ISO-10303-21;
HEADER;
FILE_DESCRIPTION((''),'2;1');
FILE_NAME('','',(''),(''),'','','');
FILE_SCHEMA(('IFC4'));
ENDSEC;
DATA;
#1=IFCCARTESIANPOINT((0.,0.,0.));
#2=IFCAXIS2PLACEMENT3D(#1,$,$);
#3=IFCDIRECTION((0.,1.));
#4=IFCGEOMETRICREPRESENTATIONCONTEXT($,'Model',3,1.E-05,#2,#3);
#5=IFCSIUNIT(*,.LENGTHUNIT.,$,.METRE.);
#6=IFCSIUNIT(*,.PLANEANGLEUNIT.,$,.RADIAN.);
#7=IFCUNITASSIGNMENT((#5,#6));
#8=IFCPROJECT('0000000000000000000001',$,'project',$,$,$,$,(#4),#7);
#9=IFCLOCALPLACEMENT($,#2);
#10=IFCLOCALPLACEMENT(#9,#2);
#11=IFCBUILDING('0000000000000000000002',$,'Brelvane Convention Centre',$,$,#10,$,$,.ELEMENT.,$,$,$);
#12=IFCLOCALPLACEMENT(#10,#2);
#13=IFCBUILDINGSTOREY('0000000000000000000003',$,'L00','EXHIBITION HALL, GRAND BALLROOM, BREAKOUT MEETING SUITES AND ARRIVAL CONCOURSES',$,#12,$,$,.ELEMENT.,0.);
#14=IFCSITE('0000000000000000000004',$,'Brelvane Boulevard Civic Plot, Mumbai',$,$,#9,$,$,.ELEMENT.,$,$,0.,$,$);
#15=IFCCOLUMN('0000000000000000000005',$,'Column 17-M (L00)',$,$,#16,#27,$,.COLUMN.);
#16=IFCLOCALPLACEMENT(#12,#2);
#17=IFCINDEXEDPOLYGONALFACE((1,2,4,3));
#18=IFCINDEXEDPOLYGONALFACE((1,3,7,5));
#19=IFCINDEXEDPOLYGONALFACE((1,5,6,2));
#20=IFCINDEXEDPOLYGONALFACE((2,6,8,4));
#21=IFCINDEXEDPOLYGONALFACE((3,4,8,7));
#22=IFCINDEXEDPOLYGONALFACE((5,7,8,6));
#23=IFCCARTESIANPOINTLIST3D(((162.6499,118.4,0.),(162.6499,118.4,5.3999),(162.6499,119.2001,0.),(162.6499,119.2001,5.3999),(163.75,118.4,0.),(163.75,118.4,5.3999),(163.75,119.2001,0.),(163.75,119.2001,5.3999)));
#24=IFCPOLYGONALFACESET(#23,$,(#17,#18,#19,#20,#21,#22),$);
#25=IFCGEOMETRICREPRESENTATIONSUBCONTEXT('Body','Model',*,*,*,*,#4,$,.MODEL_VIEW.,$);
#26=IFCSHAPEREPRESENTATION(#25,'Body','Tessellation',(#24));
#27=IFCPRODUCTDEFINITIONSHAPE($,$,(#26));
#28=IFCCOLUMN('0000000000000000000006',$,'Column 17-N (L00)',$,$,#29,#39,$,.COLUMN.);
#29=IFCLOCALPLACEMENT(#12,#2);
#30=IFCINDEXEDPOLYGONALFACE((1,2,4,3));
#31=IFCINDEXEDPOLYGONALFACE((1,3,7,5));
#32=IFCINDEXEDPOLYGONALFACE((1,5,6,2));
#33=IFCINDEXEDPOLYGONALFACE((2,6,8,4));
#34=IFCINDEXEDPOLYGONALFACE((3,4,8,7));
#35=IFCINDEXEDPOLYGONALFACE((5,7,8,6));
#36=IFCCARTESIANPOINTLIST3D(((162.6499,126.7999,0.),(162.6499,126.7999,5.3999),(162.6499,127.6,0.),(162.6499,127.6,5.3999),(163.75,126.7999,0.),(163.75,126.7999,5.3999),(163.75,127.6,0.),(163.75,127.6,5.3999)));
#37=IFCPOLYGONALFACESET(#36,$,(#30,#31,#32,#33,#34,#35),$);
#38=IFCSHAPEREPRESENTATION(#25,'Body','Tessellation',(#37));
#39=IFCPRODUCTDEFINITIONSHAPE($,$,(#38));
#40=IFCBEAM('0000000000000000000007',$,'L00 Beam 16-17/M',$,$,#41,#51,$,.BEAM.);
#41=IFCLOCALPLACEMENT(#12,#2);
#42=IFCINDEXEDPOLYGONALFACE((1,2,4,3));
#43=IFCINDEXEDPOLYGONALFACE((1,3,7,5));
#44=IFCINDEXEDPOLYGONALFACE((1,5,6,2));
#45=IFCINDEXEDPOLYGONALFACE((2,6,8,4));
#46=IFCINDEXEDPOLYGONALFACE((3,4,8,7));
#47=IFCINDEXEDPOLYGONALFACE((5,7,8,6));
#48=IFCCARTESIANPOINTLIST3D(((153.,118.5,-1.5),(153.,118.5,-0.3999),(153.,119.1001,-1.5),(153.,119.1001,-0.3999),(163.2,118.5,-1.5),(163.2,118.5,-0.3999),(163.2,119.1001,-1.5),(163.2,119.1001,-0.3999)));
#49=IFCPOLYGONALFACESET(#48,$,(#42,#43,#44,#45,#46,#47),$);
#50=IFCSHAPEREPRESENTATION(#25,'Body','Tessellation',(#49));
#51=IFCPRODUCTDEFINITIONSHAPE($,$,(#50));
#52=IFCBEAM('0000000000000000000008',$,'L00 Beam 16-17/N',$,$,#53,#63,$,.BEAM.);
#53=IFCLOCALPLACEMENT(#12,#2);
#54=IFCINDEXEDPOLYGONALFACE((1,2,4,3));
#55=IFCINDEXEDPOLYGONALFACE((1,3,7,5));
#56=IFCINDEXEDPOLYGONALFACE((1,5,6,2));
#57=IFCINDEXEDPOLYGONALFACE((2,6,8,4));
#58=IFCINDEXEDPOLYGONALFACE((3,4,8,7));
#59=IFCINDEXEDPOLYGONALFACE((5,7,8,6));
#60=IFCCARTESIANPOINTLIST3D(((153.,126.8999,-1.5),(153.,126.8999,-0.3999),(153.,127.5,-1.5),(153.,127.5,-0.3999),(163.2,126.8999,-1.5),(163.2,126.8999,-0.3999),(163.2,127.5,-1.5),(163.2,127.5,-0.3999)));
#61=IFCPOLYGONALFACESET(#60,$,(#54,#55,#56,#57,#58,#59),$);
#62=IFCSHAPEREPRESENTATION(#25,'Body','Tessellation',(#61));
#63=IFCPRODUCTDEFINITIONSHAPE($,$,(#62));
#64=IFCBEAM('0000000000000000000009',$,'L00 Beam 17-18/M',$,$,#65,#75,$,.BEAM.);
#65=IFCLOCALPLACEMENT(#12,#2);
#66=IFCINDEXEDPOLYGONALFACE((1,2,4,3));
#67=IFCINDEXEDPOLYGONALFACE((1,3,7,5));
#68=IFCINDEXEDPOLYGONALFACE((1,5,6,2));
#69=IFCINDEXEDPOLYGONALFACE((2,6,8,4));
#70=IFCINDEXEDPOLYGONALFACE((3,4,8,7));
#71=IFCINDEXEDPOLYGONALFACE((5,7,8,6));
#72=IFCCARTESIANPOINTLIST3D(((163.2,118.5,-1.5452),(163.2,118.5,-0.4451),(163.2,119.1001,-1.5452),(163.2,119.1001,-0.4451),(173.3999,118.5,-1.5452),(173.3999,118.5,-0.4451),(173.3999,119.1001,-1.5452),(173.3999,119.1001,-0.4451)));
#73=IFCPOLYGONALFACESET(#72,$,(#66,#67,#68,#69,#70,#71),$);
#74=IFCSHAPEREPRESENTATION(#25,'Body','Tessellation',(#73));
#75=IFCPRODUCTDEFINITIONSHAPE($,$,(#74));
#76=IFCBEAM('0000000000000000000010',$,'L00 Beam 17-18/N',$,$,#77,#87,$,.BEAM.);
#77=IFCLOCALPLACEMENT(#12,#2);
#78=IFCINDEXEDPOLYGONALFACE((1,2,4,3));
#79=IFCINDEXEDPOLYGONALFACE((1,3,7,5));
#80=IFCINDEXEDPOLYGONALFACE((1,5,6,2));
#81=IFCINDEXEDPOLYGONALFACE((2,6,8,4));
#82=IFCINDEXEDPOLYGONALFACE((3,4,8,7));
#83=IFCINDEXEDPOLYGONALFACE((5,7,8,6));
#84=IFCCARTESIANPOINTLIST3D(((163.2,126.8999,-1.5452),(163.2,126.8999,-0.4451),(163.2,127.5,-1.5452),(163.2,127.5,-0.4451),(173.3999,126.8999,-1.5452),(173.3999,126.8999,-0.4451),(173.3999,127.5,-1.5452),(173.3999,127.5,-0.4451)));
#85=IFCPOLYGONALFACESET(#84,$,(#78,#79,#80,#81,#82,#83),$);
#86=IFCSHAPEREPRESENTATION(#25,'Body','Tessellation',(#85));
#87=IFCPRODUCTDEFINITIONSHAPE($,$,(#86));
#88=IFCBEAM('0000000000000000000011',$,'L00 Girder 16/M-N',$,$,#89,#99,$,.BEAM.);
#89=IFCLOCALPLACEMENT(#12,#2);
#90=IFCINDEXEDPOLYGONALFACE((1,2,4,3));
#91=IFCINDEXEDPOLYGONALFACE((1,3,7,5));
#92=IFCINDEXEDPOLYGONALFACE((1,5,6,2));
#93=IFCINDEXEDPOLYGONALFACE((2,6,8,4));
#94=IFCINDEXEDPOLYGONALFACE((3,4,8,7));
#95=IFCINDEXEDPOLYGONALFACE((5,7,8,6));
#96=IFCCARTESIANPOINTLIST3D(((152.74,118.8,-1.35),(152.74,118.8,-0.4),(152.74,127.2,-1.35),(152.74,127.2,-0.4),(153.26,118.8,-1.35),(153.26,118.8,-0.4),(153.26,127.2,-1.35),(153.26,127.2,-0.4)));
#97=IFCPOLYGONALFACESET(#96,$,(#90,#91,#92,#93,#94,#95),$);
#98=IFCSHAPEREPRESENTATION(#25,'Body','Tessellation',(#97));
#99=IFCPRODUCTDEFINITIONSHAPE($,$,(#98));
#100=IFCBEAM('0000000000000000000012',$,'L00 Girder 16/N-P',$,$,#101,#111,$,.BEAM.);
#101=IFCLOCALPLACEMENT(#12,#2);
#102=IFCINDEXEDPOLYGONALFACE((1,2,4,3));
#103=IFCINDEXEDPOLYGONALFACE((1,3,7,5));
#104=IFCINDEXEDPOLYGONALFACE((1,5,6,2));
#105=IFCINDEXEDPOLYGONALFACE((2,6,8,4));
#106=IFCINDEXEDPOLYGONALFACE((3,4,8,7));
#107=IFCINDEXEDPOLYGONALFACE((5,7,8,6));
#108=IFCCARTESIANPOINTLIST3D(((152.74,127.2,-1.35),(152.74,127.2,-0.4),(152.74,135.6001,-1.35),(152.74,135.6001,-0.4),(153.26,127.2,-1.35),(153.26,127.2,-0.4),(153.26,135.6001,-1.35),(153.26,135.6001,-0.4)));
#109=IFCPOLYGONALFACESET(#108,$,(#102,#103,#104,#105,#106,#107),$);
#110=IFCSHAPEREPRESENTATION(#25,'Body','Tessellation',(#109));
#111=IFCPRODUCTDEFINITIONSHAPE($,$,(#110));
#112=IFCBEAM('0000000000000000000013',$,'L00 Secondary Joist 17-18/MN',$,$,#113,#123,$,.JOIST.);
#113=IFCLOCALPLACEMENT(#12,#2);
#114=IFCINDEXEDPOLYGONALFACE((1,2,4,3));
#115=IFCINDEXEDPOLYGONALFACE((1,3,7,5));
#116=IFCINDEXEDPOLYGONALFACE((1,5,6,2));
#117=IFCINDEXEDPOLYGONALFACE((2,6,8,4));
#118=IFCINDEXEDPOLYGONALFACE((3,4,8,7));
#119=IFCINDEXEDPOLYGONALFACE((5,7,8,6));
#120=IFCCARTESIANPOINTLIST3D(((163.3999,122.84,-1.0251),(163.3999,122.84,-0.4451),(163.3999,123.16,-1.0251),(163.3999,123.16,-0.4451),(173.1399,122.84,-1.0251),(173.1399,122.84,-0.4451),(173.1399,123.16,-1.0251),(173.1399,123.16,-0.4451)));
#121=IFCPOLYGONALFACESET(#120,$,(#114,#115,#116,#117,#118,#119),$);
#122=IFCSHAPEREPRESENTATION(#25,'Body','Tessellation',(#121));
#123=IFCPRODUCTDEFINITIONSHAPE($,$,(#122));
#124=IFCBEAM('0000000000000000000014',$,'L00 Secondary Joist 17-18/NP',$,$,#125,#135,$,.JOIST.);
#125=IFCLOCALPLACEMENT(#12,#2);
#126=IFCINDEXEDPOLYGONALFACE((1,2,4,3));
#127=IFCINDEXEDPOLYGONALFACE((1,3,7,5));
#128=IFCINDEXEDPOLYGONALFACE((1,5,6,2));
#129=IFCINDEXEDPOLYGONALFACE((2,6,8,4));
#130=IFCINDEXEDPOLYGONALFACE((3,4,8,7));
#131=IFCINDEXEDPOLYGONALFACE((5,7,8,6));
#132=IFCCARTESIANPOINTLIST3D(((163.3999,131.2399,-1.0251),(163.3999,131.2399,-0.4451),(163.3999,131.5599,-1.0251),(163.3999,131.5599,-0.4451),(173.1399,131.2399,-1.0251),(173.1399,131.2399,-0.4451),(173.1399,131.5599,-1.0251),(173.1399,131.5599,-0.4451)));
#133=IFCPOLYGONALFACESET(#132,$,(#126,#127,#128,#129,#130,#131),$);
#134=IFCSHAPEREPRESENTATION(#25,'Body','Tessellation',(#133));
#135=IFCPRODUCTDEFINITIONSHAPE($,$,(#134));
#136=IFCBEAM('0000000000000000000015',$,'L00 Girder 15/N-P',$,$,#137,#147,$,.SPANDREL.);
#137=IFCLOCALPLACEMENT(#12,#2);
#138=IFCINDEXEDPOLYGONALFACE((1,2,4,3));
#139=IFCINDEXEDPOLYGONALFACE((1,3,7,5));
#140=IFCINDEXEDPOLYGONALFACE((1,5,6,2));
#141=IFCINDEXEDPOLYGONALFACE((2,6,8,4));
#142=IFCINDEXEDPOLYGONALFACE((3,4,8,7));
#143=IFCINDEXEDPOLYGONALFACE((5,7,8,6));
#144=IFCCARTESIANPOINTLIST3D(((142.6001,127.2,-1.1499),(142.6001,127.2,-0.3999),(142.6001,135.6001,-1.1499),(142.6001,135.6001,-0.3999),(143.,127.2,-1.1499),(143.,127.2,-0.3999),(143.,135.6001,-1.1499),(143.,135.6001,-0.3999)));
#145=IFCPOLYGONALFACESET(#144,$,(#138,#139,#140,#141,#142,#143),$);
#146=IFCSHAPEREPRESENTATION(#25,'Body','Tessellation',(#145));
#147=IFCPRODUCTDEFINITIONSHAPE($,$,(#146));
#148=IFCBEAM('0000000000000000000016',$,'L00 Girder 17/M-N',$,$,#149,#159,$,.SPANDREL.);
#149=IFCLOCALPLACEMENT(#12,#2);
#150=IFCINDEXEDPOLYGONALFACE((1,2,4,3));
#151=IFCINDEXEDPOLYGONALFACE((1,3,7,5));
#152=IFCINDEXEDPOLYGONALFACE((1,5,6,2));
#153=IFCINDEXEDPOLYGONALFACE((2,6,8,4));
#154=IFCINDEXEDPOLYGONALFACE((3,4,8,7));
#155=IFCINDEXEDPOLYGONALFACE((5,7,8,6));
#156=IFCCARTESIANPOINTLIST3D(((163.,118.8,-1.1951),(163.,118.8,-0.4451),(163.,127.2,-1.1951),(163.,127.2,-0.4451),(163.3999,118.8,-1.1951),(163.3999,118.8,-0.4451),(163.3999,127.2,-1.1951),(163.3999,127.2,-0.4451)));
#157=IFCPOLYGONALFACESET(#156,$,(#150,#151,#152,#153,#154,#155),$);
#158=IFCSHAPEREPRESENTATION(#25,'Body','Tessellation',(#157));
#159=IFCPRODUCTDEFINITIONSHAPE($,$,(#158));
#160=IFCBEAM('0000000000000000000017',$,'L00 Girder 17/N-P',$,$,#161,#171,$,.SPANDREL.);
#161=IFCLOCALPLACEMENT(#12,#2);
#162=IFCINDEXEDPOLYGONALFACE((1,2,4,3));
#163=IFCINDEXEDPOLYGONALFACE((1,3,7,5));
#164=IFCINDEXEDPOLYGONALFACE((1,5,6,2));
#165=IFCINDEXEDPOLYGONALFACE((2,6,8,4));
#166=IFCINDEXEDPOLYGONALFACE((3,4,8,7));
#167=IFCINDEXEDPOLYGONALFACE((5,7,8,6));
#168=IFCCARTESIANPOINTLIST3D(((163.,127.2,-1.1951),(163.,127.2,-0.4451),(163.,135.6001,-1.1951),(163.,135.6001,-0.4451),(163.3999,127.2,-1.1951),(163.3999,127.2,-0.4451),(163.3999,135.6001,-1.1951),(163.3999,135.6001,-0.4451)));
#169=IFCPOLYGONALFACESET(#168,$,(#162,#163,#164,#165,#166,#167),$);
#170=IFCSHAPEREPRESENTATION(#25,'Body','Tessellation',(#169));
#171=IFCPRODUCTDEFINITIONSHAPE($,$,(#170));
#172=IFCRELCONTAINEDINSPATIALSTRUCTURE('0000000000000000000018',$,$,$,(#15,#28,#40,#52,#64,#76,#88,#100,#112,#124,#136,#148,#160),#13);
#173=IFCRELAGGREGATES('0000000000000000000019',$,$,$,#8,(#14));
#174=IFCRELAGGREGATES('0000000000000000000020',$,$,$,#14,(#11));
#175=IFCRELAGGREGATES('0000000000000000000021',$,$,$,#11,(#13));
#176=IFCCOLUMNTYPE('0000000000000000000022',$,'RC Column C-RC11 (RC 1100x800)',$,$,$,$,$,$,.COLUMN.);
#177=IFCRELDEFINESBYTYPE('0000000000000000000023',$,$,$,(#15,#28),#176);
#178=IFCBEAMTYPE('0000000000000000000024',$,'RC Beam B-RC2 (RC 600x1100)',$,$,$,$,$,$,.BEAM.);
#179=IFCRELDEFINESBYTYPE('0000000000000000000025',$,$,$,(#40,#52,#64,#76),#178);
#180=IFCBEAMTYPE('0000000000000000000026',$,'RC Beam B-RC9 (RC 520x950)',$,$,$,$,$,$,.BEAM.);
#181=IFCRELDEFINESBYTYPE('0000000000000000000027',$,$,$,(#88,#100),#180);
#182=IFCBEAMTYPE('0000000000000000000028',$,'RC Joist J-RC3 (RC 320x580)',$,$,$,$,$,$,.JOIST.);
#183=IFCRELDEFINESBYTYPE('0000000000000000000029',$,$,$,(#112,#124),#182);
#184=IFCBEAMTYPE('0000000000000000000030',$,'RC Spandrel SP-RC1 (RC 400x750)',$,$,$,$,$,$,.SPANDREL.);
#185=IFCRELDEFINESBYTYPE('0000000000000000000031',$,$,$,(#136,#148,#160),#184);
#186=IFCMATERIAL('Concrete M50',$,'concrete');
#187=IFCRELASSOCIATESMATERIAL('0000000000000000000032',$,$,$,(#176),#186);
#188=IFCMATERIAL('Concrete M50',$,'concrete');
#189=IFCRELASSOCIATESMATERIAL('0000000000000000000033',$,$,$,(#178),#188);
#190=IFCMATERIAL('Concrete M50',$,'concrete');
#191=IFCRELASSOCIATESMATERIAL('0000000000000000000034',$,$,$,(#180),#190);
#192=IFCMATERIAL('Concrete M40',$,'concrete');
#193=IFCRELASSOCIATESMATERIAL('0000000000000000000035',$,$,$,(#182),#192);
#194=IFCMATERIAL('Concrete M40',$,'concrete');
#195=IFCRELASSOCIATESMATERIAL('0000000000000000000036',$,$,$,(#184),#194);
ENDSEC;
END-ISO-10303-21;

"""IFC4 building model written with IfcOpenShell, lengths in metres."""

from ifc_helpers import new_model, si_unit, direction, frame, origin, origin_2d, place, context, subcontext, project, spatial, rectangle, extrude, material, material_profile, profile_set, type_object, element, save


model = new_model("IFC4")

# Units and contexts
model_context = context("Model", 3, precision=1e-05, world=origin(), true_north=direction((0.0, 1.0)))
body_context = subcontext(model_context, "Body", "Model", "MODEL_VIEW")
ifc_project = project(units=[si_unit("LENGTHUNIT", "METRE"), si_unit("PLANEANGLEUNIT", "RADIAN")], contexts=[model_context])

# Site, building, storey
site_placement = place(None, origin())
site = spatial("IfcSite", under=ifc_project, at=site_placement, Name="Brelvane Boulevard Civic Plot, Mumbai", CompositionType="ELEMENT", RefElevation=0.0)
building_placement = place(site_placement, origin())
building = spatial("IfcBuilding", under=site, at=building_placement, Name="Brelvane Convention Centre", CompositionType="ELEMENT")
storey_placement = place(building_placement, origin())
storey = spatial("IfcBuildingStorey", under=building, at=storey_placement, Name="L00", Description="EXHIBITION HALL, GRAND BALLROOM, BREAKOUT MEETING SUITES AND ARRIVAL CONCOURSES", CompositionType="ELEMENT", Elevation=0.0)

# Columns
ifc_material_1 = material(Name="Concrete M50", Category="concrete")
ifc_material_profile_1 = material_profile(ifc_material_1, rectangle(XDim=1.1001, YDim=0.8, at=origin_2d()), Name="RC 1100x800")
ifc_profile_set_1 = profile_set([ifc_material_profile_1], Name="Concrete M50")
column_type = type_object("IfcColumnType", Name="RC Column C-RC11 (RC 1100x800)", PredefinedType="COLUMN", material=ifc_profile_set_1)
for number, where, z_axis, x_axis, name in (
    (1, (163.2, 118.8, 0.0), (0.0, 0.0, 1.0), (1.0, 0.0, 0.0), "Column 17-M (L00)"),
    (2, (163.2, 127.2, 0.0), (0.0, 0.0, 1.0), (1.0, 0.0, 0.0), "Column 17-N (L00)"),
):
    element("IfcColumn", number, at=place(storey_placement, frame(where, z_axis=z_axis, x_axis=x_axis)), inside=storey, type_object=column_type, Name=name, PredefinedType="COLUMN", context=body_context, shape_type="SweptSolid", body=[
        extrude(rectangle(XDim=1.1001, YDim=0.8, at=origin_2d()), origin(), (0.0, 0.0, 1.0), 5.3999),
    ])

# Beams
ifc_material_2 = material(Name="Concrete M50", Category="concrete")
ifc_material_profile_2 = material_profile(ifc_material_2, rectangle(XDim=0.6001, YDim=1.1001, at=origin_2d()), Name="RC 600x1100")
ifc_profile_set_2 = profile_set([ifc_material_profile_2], Name="Concrete M50")
beam_type_1 = type_object("IfcBeamType", Name="RC Beam B-RC2 (RC 600x1100)", PredefinedType="BEAM", material=ifc_profile_set_2)
for number, where, z_axis, x_axis, name in (
    (3, (153.0, 118.8, -0.95), (1.0, 0.0, 0.0), (0.0, 1.0, 0.0), "L00 Beam 16-17/M"),
    (4, (153.0, 127.2, -0.95), (1.0, 0.0, 0.0), (0.0, 1.0, 0.0), "L00 Beam 16-17/N"),
    (5, (163.2, 118.8, -0.9951), (1.0, 0.0, 0.0), (0.0, 1.0, 0.0), "L00 Beam 17-18/M"),
    (6, (163.2, 127.2, -0.9951), (1.0, 0.0, 0.0), (0.0, 1.0, 0.0), "L00 Beam 17-18/N"),
):
    element("IfcBeam", number, at=place(storey_placement, frame(where, z_axis=z_axis, x_axis=x_axis)), inside=storey, type_object=beam_type_1, Name=name, PredefinedType="BEAM", context=body_context, shape_type="SweptSolid", body=[
        extrude(rectangle(XDim=0.6001, YDim=1.1001, at=origin_2d()), origin(), (0.0, 0.0, 1.0), 10.2),
    ])
ifc_material_3 = material(Name="Concrete M50", Category="concrete")
ifc_material_profile_3 = material_profile(ifc_material_3, rectangle(XDim=0.52, YDim=0.95, at=origin_2d()), Name="RC 520x950")
ifc_profile_set_3 = profile_set([ifc_material_profile_3], Name="Concrete M50")
beam_type_2 = type_object("IfcBeamType", Name="RC Beam B-RC9 (RC 520x950)", PredefinedType="BEAM", material=ifc_profile_set_3)
beam_1_placement = place(storey_placement, frame((153.0, 118.8, -0.875), z_axis=(0.0, 1.0, 0.0), x_axis=(-1.0, 0.0, 0.0)))
element("IfcBeam", 7, at=beam_1_placement, inside=storey, type_object=beam_type_2, Name="L00 Girder 16/M-N", PredefinedType="BEAM", context=body_context, shape_type="SweptSolid", body=[
    extrude(rectangle(XDim=0.52, YDim=0.95, at=origin_2d()), origin(), (0.0, 0.0, 1.0), 8.3999),
])
beam_2_placement = place(storey_placement, frame((153.0, 127.2, -0.875), z_axis=(0.0, 1.0, 0.0), x_axis=(-1.0, 0.0, 0.0)))
element("IfcBeam", 8, at=beam_2_placement, inside=storey, type_object=beam_type_2, Name="L00 Girder 16/N-P", PredefinedType="BEAM", context=body_context, shape_type="SweptSolid", body=[
    extrude(rectangle(XDim=0.52, YDim=0.95, at=origin_2d()), origin(), (0.0, 0.0, 1.0), 8.4001),
])
ifc_material_4 = material(Name="Concrete M40", Category="concrete")
ifc_material_profile_4 = material_profile(ifc_material_4, rectangle(XDim=0.3201, YDim=0.5801, at=origin_2d()), Name="RC 320x580")
ifc_profile_set_4 = profile_set([ifc_material_profile_4], Name="Concrete M40")
beam_type_3 = type_object("IfcBeamType", Name="RC Joist J-RC3 (RC 320x580)", PredefinedType="JOIST", material=ifc_profile_set_4)
for number, where, z_axis, x_axis, name in (
    (9, (163.3999, 123.0, -0.7351), (1.0, 0.0, 0.0), (0.0, 1.0, 0.0), "L00 Secondary Joist 17-18/MN"),
    (10, (163.3999, 131.3999, -0.7351), (1.0, 0.0, 0.0), (0.0, 1.0, 0.0), "L00 Secondary Joist 17-18/NP"),
):
    element("IfcBeam", number, at=place(storey_placement, frame(where, z_axis=z_axis, x_axis=x_axis)), inside=storey, type_object=beam_type_3, Name=name, PredefinedType="JOIST", context=body_context, shape_type="SweptSolid", body=[
        extrude(rectangle(XDim=0.3201, YDim=0.5801, at=origin_2d()), origin(), (0.0, 0.0, 1.0), 9.74),
    ])
ifc_material_5 = material(Name="Concrete M40", Category="concrete")
ifc_material_profile_5 = material_profile(ifc_material_5, rectangle(XDim=0.3999, YDim=0.75, at=origin_2d()), Name="RC 400x750")
ifc_profile_set_5 = profile_set([ifc_material_profile_5], Name="Concrete M40")
beam_type_4 = type_object("IfcBeamType", Name="RC Spandrel SP-RC1 (RC 400x750)", PredefinedType="SPANDREL", material=ifc_profile_set_5)
beam_3_placement = place(storey_placement, frame((142.8, 127.2, -0.7749), z_axis=(0.0, 1.0, 0.0), x_axis=(-1.0, 0.0, 0.0)))
element("IfcBeam", 11, at=beam_3_placement, inside=storey, type_object=beam_type_4, Name="L00 Girder 15/N-P", PredefinedType="SPANDREL", context=body_context, shape_type="SweptSolid", body=[
    extrude(rectangle(XDim=0.3999, YDim=0.75, at=origin_2d()), origin(), (0.0, 0.0, 1.0), 8.4001),
])
beam_4_placement = place(storey_placement, frame((163.2, 118.8, -0.8201), z_axis=(0.0, 1.0, 0.0), x_axis=(-1.0, 0.0, 0.0)))
element("IfcBeam", 12, at=beam_4_placement, inside=storey, type_object=beam_type_4, Name="L00 Girder 17/M-N", PredefinedType="SPANDREL", context=body_context, shape_type="SweptSolid", body=[
    extrude(rectangle(XDim=0.3999, YDim=0.75, at=origin_2d()), origin(), (0.0, 0.0, 1.0), 8.3999),
])
beam_5_placement = place(storey_placement, frame((163.2, 127.2, -0.8201), z_axis=(0.0, 1.0, 0.0), x_axis=(-1.0, 0.0, 0.0)))
element("IfcBeam", 13, at=beam_5_placement, inside=storey, type_object=beam_type_4, Name="L00 Girder 17/N-P", PredefinedType="SPANDREL", context=body_context, shape_type="SweptSolid", body=[
    extrude(rectangle(XDim=0.3999, YDim=0.75, at=origin_2d()), origin(), (0.0, 0.0, 1.0), 8.4001),
])

save(model, "model.ifc")
